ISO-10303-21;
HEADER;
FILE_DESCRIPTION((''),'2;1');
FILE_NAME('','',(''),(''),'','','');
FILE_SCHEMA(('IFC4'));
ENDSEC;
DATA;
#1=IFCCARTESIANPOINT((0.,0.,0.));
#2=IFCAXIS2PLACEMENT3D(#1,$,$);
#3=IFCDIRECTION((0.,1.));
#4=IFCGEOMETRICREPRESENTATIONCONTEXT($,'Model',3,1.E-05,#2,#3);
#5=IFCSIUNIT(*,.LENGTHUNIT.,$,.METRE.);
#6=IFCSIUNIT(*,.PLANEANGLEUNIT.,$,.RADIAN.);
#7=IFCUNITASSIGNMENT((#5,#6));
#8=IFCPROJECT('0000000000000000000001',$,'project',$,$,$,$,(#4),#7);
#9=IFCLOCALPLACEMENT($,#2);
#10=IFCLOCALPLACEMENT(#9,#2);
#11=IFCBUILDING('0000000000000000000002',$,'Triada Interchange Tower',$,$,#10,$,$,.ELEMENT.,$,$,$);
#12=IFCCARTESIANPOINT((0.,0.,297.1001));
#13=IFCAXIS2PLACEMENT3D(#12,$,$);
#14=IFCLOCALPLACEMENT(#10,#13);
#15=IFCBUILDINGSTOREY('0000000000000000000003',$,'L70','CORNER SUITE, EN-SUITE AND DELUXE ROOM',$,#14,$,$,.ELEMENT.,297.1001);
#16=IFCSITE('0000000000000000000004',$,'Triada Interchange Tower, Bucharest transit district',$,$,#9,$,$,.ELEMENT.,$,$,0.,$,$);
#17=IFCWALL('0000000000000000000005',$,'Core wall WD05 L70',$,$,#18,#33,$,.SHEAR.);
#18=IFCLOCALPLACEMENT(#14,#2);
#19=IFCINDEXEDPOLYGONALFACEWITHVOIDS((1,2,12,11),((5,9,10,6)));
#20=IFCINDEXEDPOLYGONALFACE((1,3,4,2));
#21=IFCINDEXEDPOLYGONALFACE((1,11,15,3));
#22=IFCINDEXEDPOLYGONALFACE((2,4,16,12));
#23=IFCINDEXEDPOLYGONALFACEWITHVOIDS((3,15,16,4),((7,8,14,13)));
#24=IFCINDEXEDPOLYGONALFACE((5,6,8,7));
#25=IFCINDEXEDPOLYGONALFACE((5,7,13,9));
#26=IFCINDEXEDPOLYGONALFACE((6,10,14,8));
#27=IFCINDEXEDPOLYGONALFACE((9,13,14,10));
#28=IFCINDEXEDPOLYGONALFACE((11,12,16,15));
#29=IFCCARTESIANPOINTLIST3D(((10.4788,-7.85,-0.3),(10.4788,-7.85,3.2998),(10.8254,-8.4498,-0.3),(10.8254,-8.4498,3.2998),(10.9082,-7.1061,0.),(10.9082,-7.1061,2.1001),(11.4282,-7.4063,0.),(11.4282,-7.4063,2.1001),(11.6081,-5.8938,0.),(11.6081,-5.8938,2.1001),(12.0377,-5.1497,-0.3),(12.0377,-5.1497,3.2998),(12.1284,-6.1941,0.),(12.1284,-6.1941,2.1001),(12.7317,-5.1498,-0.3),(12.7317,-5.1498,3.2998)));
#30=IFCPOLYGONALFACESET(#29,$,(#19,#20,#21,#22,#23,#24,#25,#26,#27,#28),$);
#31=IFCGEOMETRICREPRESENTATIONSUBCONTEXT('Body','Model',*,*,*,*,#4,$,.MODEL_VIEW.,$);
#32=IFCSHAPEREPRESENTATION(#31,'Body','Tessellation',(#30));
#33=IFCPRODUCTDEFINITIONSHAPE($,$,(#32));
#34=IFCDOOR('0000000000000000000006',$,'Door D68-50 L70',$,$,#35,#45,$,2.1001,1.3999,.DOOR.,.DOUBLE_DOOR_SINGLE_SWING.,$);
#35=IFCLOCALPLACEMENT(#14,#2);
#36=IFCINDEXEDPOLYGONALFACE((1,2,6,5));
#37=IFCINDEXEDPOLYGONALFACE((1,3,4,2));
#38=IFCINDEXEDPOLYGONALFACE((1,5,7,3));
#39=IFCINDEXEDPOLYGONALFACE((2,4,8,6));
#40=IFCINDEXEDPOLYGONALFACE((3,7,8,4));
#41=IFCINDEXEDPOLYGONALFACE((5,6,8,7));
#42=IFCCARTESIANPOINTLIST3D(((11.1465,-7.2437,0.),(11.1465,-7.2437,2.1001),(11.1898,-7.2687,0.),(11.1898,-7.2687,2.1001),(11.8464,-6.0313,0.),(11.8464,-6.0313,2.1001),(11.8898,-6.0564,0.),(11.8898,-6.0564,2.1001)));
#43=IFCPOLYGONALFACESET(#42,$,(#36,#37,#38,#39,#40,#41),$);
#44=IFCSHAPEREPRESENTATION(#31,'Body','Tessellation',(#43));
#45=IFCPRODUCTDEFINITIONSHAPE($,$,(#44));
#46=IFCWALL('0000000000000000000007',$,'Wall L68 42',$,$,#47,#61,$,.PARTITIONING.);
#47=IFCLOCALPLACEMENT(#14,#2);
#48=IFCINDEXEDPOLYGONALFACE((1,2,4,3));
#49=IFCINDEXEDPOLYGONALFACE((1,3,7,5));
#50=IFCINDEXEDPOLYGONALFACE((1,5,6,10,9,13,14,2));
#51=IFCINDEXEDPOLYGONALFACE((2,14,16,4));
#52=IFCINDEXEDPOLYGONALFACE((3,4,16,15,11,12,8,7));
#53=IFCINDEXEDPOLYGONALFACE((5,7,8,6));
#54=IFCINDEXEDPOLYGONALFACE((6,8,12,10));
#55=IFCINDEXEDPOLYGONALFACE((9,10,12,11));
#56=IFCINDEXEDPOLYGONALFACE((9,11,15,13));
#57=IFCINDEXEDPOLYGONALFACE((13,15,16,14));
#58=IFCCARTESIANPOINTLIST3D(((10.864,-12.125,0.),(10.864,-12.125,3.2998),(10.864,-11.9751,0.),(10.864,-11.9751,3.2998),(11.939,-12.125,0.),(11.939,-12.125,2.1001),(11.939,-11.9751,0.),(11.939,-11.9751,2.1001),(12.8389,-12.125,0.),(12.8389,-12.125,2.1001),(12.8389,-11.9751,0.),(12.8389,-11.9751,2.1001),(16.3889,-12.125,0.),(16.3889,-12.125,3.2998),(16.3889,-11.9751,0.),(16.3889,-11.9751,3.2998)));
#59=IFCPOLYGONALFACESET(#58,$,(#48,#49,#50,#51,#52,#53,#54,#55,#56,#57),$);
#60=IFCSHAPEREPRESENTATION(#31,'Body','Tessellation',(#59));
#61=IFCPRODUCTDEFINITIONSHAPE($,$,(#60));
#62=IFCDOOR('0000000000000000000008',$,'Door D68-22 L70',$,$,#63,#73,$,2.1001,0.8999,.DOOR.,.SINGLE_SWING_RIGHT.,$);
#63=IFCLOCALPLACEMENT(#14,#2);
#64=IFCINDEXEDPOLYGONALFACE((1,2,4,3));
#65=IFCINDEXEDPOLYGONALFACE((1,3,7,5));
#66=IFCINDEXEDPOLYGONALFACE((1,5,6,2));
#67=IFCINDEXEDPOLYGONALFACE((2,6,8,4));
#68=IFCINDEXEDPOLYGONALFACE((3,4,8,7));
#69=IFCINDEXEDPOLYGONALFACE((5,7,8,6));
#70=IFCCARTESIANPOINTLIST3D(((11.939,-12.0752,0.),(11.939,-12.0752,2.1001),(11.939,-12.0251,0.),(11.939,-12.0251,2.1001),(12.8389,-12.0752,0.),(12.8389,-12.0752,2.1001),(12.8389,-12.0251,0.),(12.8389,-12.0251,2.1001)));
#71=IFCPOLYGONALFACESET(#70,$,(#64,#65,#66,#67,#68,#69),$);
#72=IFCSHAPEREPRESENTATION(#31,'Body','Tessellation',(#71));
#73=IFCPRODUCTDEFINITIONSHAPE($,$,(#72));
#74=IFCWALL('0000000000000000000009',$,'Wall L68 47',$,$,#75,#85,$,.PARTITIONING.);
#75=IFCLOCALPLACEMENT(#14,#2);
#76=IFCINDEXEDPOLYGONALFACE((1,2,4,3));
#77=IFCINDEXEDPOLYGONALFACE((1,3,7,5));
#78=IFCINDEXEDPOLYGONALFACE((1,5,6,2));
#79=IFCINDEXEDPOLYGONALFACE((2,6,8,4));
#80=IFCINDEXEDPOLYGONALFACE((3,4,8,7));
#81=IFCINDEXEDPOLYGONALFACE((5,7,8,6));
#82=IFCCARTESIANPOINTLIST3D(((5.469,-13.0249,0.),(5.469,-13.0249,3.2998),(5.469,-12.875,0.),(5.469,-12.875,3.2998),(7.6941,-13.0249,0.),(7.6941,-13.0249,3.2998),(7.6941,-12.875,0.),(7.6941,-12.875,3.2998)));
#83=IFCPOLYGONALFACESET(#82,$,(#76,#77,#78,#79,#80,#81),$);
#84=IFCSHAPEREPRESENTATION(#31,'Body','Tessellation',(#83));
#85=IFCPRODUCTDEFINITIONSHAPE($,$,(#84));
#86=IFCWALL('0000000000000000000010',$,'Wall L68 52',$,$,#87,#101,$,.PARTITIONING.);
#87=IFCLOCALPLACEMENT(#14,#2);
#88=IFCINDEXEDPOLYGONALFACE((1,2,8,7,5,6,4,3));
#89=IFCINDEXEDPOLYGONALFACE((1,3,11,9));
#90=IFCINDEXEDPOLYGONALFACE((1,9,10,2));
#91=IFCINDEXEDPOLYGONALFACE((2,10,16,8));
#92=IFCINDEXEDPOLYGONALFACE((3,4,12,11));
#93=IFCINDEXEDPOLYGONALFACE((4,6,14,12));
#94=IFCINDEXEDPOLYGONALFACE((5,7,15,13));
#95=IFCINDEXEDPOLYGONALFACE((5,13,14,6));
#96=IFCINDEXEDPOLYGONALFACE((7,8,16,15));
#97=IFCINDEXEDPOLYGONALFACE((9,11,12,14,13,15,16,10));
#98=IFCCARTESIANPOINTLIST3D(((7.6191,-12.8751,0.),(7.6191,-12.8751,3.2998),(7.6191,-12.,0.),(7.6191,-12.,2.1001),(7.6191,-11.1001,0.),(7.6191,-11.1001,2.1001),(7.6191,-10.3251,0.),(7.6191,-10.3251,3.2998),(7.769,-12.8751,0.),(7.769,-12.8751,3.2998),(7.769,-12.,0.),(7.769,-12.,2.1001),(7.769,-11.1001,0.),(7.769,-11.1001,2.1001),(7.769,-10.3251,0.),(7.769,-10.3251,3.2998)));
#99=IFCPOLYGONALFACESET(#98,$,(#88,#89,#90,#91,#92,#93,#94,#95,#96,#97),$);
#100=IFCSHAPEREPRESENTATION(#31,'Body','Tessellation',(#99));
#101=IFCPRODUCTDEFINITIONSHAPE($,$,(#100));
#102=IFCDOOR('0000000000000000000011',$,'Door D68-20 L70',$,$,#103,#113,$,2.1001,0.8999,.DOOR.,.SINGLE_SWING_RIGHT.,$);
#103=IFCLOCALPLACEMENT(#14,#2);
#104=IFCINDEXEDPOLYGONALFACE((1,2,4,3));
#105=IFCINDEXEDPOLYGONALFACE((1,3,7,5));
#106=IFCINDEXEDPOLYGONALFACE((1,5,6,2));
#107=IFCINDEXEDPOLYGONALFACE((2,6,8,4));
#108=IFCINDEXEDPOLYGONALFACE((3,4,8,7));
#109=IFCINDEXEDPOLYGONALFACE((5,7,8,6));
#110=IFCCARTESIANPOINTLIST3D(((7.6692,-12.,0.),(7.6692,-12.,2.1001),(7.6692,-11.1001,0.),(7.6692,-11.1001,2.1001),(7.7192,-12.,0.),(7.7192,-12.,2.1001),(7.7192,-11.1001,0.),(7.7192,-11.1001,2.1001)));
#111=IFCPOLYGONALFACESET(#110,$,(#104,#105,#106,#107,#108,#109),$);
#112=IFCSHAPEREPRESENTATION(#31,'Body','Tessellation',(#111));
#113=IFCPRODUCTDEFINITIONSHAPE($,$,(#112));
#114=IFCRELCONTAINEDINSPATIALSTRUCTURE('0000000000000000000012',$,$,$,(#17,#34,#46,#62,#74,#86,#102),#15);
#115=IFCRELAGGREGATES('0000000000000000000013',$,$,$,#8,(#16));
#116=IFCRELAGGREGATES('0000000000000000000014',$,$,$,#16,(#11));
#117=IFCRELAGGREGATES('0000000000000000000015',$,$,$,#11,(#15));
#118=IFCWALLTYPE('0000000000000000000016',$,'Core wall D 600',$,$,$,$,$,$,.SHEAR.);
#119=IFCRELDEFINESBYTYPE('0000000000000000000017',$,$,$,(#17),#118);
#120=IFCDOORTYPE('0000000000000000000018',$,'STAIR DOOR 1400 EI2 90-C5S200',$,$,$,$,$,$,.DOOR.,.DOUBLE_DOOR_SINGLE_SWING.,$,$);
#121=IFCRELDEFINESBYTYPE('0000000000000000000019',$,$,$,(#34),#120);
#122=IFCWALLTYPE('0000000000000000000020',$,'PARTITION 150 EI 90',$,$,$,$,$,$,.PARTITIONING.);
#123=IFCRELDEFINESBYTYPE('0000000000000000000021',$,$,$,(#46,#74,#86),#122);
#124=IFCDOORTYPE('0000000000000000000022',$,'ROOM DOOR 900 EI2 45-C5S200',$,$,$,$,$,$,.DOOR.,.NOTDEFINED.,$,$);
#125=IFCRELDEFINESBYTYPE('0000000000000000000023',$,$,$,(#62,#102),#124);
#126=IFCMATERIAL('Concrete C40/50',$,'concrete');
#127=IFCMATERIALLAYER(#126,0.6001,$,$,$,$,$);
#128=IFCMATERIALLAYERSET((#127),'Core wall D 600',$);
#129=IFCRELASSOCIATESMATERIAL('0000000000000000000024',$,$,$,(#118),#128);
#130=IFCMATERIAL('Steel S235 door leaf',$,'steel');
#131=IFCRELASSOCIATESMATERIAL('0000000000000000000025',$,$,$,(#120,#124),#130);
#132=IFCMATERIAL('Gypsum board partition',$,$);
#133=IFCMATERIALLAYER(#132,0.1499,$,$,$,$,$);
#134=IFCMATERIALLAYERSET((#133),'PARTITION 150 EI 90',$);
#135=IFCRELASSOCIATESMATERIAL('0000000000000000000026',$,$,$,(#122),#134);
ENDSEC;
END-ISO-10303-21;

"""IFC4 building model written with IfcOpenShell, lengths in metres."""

from ifc_helpers import new_model, si_unit, direction, frame, frame_2d, origin, place, context, subcontext, project, spatial, polyline, rectangle, outline, extrude, material, layer, layer_set, type_object, element, fill, save


model = new_model("IFC4")

# Units and contexts
model_context = context("Model", 3, precision=1e-05, world=origin(), true_north=direction((0.0, 1.0)))
body_context = subcontext(model_context, "Body", "Model", "MODEL_VIEW")
ifc_project = project(units=[si_unit("LENGTHUNIT", "METRE"), si_unit("PLANEANGLEUNIT", "RADIAN")], contexts=[model_context])

# Site, building, storey
site_placement = place(None, origin())
site = spatial("IfcSite", under=ifc_project, at=site_placement, Name="Triada Interchange Tower, Bucharest transit district", CompositionType="ELEMENT", RefElevation=0.0)
building_placement = place(site_placement, origin())
building = spatial("IfcBuilding", under=site, at=building_placement, Name="Triada Interchange Tower", CompositionType="ELEMENT")
storey_placement = place(building_placement, frame((0.0, 0.0, 297.1001)))
storey = spatial("IfcBuildingStorey", under=building, at=storey_placement, Name="L70", Description="CORNER SUITE, EN-SUITE AND DELUXE ROOM", CompositionType="ELEMENT", Elevation=297.1001)

# Shared definitions
ifc_material_1 = material(Name="Steel S235 door leaf", Category="steel")

# Walls, openings, doors
ifc_material_2 = material(Name="Concrete C40/50", Category="concrete")
ifc_layer_1 = layer(ifc_material_2, 0.6001)
ifc_layer_set_1 = layer_set([ifc_layer_1], Name="Core wall D 600")
wall_type_1 = type_object("IfcWallType", Name="Core wall D 600", PredefinedType="SHEAR", material=ifc_layer_set_1)
wall_1_placement = place(storey_placement, frame((10.6521, -8.1499, -0.3), z_axis=(0.0, 0.0, 1.0), x_axis=(0.499975, 0.86604, 0.0)))
wall_1 = element("IfcWall", 1, at=wall_1_placement, inside=storey, type_object=wall_type_1, Name="Core wall WD05 L70", PredefinedType="SHEAR", context=body_context, shape_type="SweptSolid", body=[
    extrude(outline(polyline([(-0.1731, -0.3), (1.7324, -0.3005), (3.6379, -0.301), (3.291, 0.3), (1.7319, 0.3), (0.1731, 0.3), (-0.1731, -0.3)])), origin(), (0.0, 0.0, 1.0), 3.5999),
])
opening_1_placement = place(wall_1_placement, frame((1.032, 0.0, 0.3)))
opening_1 = element("IfcOpeningElement", 2, at=opening_1_placement, cuts=wall_1, PredefinedType="OPENING", context=body_context, shape_type="SweptSolid", body=[
    extrude(rectangle(XDim=1.3999, YDim=2.1001, at=frame_2d((0.7, 1.05))), frame((0.0, 0.3101, 0.0), z_axis=(0.0, -1.0, 0.0), x_axis=(1.0, 0.0, 0.0)), (0.0, 0.0, 1.0), 0.6211),
])
door_type_1 = type_object("IfcDoorType", Name="STAIR DOOR 1400 EI2 90-C5S200", OperationType="DOUBLE_DOOR_SINGLE_SWING", PredefinedType="DOOR", material=ifc_material_1)
door_1_placement = place(opening_1_placement, origin())
door_1 = element("IfcDoor", 3, at=door_1_placement, inside=storey, type_object=door_type_1, Name="Door D68-50 L70", OperationType="DOUBLE_DOOR_SINGLE_SWING", OverallHeight=2.1001, OverallWidth=1.3999, PredefinedType="DOOR", context=body_context, shape_type="SweptSolid", body=[
    extrude(rectangle(XDim=1.3999, YDim=2.1001, at=frame_2d((0.7, 1.05))), frame((0.0, 0.0249, 0.0), z_axis=(0.0, -1.0, 0.0), x_axis=(1.0, 0.0, 0.0)), (0.0, 0.0, 1.0), 0.05),
])
fill(opening_1, door_1)
ifc_material_3 = material(Name="Gypsum board partition")
ifc_layer_2 = layer(ifc_material_3, 0.1499)
ifc_layer_set_2 = layer_set([ifc_layer_2], Name="PARTITION 150 EI 90")
wall_type_2 = type_object("IfcWallType", Name="PARTITION 150 EI 90", PredefinedType="PARTITIONING", material=ifc_layer_set_2)
wall_2_placement = place(storey_placement, frame((10.864, -12.05, 0.0), z_axis=(0.0, 0.0, 1.0), x_axis=(1.0, 0.0, 0.0)))
wall_2 = element("IfcWall", 4, at=wall_2_placement, inside=storey, type_object=wall_type_2, Name="Wall L68 42", PredefinedType="PARTITIONING", context=body_context, shape_type="SweptSolid", body=[
    extrude(rectangle(XDim=5.5249, YDim=0.1499, at=frame_2d((2.7625, 0.0))), origin(), (0.0, 0.0, 1.0), 3.2998),
])
opening_2_placement = place(wall_2_placement, frame((1.075, 0.0, 0.0)))
opening_2 = element("IfcOpeningElement", 5, at=opening_2_placement, cuts=wall_2, PredefinedType="OPENING", context=body_context, shape_type="SweptSolid", body=[
    extrude(rectangle(XDim=0.8999, YDim=2.1001, at=frame_2d((0.45, 1.05))), frame((0.0, 0.085, 0.0), z_axis=(0.0, -1.0, 0.0), x_axis=(1.0, 0.0, 0.0)), (0.0, 0.0, 1.0), 0.1699),
])
door_type_2 = type_object("IfcDoorType", Name="ROOM DOOR 900 EI2 45-C5S200", OperationType="NOTDEFINED", PredefinedType="DOOR", material=ifc_material_1)
door_2_placement = place(opening_2_placement, origin())
door_2 = element("IfcDoor", 6, at=door_2_placement, inside=storey, type_object=door_type_2, Name="Door D68-22 L70", OperationType="SINGLE_SWING_RIGHT", OverallHeight=2.1001, OverallWidth=0.8999, PredefinedType="DOOR", context=body_context, shape_type="SweptSolid", body=[
    extrude(rectangle(XDim=0.8999, YDim=2.1001, at=frame_2d((0.45, 1.05))), frame((0.0, 0.0249, 0.0), z_axis=(0.0, -1.0, 0.0), x_axis=(1.0, 0.0, 0.0)), (0.0, 0.0, 1.0), 0.05),
])
fill(opening_2, door_2)

# Wall
wall_3_placement = place(storey_placement, frame((5.469, -12.95, 0.0), z_axis=(0.0, 0.0, 1.0), x_axis=(1.0, 0.0, 0.0)))
element("IfcWall", 7, at=wall_3_placement, inside=storey, type_object=wall_type_2, Name="Wall L68 47", PredefinedType="PARTITIONING", context=body_context, shape_type="SweptSolid", body=[
    extrude(rectangle(XDim=2.2251, YDim=0.1499, at=frame_2d((1.1125, 0.0))), origin(), (0.0, 0.0, 1.0), 3.2998),
])

# Wall, opening, door
wall_4_placement = place(storey_placement, frame((7.6941, -12.875, 0.0), z_axis=(0.0, 0.0, 1.0), x_axis=(0.0, 1.0, 0.0)))
wall_4 = element("IfcWall", 8, at=wall_4_placement, inside=storey, type_object=wall_type_2, Name="Wall L68 52", PredefinedType="PARTITIONING", context=body_context, shape_type="SweptSolid", body=[
    extrude(rectangle(XDim=2.55, YDim=0.1499, at=frame_2d((1.2749, 0.0))), origin(), (0.0, 0.0, 1.0), 3.2998),
])
opening_3_placement = place(wall_4_placement, frame((0.875, 0.0, 0.0)))
opening_3 = element("IfcOpeningElement", 9, at=opening_3_placement, cuts=wall_4, PredefinedType="OPENING", context=body_context, shape_type="SweptSolid", body=[
    extrude(rectangle(XDim=0.8999, YDim=2.1001, at=frame_2d((0.45, 1.05))), frame((0.0, 0.085, 0.0), z_axis=(0.0, -1.0, 0.0), x_axis=(1.0, 0.0, 0.0)), (0.0, 0.0, 1.0), 0.1699),
])
door_3_placement = place(opening_3_placement, origin())
door_3 = element("IfcDoor", 10, at=door_3_placement, inside=storey, type_object=door_type_2, Name="Door D68-20 L70", OperationType="SINGLE_SWING_RIGHT", OverallHeight=2.1001, OverallWidth=0.8999, PredefinedType="DOOR", context=body_context, shape_type="SweptSolid", body=[
    extrude(rectangle(XDim=0.8999, YDim=2.1001, at=frame_2d((0.45, 1.05))), frame((0.0, 0.0249, 0.0), z_axis=(0.0, -1.0, 0.0), x_axis=(1.0, 0.0, 0.0)), (0.0, 0.0, 1.0), 0.05),
])
fill(opening_3, door_3)

save(model, "model.ifc")
